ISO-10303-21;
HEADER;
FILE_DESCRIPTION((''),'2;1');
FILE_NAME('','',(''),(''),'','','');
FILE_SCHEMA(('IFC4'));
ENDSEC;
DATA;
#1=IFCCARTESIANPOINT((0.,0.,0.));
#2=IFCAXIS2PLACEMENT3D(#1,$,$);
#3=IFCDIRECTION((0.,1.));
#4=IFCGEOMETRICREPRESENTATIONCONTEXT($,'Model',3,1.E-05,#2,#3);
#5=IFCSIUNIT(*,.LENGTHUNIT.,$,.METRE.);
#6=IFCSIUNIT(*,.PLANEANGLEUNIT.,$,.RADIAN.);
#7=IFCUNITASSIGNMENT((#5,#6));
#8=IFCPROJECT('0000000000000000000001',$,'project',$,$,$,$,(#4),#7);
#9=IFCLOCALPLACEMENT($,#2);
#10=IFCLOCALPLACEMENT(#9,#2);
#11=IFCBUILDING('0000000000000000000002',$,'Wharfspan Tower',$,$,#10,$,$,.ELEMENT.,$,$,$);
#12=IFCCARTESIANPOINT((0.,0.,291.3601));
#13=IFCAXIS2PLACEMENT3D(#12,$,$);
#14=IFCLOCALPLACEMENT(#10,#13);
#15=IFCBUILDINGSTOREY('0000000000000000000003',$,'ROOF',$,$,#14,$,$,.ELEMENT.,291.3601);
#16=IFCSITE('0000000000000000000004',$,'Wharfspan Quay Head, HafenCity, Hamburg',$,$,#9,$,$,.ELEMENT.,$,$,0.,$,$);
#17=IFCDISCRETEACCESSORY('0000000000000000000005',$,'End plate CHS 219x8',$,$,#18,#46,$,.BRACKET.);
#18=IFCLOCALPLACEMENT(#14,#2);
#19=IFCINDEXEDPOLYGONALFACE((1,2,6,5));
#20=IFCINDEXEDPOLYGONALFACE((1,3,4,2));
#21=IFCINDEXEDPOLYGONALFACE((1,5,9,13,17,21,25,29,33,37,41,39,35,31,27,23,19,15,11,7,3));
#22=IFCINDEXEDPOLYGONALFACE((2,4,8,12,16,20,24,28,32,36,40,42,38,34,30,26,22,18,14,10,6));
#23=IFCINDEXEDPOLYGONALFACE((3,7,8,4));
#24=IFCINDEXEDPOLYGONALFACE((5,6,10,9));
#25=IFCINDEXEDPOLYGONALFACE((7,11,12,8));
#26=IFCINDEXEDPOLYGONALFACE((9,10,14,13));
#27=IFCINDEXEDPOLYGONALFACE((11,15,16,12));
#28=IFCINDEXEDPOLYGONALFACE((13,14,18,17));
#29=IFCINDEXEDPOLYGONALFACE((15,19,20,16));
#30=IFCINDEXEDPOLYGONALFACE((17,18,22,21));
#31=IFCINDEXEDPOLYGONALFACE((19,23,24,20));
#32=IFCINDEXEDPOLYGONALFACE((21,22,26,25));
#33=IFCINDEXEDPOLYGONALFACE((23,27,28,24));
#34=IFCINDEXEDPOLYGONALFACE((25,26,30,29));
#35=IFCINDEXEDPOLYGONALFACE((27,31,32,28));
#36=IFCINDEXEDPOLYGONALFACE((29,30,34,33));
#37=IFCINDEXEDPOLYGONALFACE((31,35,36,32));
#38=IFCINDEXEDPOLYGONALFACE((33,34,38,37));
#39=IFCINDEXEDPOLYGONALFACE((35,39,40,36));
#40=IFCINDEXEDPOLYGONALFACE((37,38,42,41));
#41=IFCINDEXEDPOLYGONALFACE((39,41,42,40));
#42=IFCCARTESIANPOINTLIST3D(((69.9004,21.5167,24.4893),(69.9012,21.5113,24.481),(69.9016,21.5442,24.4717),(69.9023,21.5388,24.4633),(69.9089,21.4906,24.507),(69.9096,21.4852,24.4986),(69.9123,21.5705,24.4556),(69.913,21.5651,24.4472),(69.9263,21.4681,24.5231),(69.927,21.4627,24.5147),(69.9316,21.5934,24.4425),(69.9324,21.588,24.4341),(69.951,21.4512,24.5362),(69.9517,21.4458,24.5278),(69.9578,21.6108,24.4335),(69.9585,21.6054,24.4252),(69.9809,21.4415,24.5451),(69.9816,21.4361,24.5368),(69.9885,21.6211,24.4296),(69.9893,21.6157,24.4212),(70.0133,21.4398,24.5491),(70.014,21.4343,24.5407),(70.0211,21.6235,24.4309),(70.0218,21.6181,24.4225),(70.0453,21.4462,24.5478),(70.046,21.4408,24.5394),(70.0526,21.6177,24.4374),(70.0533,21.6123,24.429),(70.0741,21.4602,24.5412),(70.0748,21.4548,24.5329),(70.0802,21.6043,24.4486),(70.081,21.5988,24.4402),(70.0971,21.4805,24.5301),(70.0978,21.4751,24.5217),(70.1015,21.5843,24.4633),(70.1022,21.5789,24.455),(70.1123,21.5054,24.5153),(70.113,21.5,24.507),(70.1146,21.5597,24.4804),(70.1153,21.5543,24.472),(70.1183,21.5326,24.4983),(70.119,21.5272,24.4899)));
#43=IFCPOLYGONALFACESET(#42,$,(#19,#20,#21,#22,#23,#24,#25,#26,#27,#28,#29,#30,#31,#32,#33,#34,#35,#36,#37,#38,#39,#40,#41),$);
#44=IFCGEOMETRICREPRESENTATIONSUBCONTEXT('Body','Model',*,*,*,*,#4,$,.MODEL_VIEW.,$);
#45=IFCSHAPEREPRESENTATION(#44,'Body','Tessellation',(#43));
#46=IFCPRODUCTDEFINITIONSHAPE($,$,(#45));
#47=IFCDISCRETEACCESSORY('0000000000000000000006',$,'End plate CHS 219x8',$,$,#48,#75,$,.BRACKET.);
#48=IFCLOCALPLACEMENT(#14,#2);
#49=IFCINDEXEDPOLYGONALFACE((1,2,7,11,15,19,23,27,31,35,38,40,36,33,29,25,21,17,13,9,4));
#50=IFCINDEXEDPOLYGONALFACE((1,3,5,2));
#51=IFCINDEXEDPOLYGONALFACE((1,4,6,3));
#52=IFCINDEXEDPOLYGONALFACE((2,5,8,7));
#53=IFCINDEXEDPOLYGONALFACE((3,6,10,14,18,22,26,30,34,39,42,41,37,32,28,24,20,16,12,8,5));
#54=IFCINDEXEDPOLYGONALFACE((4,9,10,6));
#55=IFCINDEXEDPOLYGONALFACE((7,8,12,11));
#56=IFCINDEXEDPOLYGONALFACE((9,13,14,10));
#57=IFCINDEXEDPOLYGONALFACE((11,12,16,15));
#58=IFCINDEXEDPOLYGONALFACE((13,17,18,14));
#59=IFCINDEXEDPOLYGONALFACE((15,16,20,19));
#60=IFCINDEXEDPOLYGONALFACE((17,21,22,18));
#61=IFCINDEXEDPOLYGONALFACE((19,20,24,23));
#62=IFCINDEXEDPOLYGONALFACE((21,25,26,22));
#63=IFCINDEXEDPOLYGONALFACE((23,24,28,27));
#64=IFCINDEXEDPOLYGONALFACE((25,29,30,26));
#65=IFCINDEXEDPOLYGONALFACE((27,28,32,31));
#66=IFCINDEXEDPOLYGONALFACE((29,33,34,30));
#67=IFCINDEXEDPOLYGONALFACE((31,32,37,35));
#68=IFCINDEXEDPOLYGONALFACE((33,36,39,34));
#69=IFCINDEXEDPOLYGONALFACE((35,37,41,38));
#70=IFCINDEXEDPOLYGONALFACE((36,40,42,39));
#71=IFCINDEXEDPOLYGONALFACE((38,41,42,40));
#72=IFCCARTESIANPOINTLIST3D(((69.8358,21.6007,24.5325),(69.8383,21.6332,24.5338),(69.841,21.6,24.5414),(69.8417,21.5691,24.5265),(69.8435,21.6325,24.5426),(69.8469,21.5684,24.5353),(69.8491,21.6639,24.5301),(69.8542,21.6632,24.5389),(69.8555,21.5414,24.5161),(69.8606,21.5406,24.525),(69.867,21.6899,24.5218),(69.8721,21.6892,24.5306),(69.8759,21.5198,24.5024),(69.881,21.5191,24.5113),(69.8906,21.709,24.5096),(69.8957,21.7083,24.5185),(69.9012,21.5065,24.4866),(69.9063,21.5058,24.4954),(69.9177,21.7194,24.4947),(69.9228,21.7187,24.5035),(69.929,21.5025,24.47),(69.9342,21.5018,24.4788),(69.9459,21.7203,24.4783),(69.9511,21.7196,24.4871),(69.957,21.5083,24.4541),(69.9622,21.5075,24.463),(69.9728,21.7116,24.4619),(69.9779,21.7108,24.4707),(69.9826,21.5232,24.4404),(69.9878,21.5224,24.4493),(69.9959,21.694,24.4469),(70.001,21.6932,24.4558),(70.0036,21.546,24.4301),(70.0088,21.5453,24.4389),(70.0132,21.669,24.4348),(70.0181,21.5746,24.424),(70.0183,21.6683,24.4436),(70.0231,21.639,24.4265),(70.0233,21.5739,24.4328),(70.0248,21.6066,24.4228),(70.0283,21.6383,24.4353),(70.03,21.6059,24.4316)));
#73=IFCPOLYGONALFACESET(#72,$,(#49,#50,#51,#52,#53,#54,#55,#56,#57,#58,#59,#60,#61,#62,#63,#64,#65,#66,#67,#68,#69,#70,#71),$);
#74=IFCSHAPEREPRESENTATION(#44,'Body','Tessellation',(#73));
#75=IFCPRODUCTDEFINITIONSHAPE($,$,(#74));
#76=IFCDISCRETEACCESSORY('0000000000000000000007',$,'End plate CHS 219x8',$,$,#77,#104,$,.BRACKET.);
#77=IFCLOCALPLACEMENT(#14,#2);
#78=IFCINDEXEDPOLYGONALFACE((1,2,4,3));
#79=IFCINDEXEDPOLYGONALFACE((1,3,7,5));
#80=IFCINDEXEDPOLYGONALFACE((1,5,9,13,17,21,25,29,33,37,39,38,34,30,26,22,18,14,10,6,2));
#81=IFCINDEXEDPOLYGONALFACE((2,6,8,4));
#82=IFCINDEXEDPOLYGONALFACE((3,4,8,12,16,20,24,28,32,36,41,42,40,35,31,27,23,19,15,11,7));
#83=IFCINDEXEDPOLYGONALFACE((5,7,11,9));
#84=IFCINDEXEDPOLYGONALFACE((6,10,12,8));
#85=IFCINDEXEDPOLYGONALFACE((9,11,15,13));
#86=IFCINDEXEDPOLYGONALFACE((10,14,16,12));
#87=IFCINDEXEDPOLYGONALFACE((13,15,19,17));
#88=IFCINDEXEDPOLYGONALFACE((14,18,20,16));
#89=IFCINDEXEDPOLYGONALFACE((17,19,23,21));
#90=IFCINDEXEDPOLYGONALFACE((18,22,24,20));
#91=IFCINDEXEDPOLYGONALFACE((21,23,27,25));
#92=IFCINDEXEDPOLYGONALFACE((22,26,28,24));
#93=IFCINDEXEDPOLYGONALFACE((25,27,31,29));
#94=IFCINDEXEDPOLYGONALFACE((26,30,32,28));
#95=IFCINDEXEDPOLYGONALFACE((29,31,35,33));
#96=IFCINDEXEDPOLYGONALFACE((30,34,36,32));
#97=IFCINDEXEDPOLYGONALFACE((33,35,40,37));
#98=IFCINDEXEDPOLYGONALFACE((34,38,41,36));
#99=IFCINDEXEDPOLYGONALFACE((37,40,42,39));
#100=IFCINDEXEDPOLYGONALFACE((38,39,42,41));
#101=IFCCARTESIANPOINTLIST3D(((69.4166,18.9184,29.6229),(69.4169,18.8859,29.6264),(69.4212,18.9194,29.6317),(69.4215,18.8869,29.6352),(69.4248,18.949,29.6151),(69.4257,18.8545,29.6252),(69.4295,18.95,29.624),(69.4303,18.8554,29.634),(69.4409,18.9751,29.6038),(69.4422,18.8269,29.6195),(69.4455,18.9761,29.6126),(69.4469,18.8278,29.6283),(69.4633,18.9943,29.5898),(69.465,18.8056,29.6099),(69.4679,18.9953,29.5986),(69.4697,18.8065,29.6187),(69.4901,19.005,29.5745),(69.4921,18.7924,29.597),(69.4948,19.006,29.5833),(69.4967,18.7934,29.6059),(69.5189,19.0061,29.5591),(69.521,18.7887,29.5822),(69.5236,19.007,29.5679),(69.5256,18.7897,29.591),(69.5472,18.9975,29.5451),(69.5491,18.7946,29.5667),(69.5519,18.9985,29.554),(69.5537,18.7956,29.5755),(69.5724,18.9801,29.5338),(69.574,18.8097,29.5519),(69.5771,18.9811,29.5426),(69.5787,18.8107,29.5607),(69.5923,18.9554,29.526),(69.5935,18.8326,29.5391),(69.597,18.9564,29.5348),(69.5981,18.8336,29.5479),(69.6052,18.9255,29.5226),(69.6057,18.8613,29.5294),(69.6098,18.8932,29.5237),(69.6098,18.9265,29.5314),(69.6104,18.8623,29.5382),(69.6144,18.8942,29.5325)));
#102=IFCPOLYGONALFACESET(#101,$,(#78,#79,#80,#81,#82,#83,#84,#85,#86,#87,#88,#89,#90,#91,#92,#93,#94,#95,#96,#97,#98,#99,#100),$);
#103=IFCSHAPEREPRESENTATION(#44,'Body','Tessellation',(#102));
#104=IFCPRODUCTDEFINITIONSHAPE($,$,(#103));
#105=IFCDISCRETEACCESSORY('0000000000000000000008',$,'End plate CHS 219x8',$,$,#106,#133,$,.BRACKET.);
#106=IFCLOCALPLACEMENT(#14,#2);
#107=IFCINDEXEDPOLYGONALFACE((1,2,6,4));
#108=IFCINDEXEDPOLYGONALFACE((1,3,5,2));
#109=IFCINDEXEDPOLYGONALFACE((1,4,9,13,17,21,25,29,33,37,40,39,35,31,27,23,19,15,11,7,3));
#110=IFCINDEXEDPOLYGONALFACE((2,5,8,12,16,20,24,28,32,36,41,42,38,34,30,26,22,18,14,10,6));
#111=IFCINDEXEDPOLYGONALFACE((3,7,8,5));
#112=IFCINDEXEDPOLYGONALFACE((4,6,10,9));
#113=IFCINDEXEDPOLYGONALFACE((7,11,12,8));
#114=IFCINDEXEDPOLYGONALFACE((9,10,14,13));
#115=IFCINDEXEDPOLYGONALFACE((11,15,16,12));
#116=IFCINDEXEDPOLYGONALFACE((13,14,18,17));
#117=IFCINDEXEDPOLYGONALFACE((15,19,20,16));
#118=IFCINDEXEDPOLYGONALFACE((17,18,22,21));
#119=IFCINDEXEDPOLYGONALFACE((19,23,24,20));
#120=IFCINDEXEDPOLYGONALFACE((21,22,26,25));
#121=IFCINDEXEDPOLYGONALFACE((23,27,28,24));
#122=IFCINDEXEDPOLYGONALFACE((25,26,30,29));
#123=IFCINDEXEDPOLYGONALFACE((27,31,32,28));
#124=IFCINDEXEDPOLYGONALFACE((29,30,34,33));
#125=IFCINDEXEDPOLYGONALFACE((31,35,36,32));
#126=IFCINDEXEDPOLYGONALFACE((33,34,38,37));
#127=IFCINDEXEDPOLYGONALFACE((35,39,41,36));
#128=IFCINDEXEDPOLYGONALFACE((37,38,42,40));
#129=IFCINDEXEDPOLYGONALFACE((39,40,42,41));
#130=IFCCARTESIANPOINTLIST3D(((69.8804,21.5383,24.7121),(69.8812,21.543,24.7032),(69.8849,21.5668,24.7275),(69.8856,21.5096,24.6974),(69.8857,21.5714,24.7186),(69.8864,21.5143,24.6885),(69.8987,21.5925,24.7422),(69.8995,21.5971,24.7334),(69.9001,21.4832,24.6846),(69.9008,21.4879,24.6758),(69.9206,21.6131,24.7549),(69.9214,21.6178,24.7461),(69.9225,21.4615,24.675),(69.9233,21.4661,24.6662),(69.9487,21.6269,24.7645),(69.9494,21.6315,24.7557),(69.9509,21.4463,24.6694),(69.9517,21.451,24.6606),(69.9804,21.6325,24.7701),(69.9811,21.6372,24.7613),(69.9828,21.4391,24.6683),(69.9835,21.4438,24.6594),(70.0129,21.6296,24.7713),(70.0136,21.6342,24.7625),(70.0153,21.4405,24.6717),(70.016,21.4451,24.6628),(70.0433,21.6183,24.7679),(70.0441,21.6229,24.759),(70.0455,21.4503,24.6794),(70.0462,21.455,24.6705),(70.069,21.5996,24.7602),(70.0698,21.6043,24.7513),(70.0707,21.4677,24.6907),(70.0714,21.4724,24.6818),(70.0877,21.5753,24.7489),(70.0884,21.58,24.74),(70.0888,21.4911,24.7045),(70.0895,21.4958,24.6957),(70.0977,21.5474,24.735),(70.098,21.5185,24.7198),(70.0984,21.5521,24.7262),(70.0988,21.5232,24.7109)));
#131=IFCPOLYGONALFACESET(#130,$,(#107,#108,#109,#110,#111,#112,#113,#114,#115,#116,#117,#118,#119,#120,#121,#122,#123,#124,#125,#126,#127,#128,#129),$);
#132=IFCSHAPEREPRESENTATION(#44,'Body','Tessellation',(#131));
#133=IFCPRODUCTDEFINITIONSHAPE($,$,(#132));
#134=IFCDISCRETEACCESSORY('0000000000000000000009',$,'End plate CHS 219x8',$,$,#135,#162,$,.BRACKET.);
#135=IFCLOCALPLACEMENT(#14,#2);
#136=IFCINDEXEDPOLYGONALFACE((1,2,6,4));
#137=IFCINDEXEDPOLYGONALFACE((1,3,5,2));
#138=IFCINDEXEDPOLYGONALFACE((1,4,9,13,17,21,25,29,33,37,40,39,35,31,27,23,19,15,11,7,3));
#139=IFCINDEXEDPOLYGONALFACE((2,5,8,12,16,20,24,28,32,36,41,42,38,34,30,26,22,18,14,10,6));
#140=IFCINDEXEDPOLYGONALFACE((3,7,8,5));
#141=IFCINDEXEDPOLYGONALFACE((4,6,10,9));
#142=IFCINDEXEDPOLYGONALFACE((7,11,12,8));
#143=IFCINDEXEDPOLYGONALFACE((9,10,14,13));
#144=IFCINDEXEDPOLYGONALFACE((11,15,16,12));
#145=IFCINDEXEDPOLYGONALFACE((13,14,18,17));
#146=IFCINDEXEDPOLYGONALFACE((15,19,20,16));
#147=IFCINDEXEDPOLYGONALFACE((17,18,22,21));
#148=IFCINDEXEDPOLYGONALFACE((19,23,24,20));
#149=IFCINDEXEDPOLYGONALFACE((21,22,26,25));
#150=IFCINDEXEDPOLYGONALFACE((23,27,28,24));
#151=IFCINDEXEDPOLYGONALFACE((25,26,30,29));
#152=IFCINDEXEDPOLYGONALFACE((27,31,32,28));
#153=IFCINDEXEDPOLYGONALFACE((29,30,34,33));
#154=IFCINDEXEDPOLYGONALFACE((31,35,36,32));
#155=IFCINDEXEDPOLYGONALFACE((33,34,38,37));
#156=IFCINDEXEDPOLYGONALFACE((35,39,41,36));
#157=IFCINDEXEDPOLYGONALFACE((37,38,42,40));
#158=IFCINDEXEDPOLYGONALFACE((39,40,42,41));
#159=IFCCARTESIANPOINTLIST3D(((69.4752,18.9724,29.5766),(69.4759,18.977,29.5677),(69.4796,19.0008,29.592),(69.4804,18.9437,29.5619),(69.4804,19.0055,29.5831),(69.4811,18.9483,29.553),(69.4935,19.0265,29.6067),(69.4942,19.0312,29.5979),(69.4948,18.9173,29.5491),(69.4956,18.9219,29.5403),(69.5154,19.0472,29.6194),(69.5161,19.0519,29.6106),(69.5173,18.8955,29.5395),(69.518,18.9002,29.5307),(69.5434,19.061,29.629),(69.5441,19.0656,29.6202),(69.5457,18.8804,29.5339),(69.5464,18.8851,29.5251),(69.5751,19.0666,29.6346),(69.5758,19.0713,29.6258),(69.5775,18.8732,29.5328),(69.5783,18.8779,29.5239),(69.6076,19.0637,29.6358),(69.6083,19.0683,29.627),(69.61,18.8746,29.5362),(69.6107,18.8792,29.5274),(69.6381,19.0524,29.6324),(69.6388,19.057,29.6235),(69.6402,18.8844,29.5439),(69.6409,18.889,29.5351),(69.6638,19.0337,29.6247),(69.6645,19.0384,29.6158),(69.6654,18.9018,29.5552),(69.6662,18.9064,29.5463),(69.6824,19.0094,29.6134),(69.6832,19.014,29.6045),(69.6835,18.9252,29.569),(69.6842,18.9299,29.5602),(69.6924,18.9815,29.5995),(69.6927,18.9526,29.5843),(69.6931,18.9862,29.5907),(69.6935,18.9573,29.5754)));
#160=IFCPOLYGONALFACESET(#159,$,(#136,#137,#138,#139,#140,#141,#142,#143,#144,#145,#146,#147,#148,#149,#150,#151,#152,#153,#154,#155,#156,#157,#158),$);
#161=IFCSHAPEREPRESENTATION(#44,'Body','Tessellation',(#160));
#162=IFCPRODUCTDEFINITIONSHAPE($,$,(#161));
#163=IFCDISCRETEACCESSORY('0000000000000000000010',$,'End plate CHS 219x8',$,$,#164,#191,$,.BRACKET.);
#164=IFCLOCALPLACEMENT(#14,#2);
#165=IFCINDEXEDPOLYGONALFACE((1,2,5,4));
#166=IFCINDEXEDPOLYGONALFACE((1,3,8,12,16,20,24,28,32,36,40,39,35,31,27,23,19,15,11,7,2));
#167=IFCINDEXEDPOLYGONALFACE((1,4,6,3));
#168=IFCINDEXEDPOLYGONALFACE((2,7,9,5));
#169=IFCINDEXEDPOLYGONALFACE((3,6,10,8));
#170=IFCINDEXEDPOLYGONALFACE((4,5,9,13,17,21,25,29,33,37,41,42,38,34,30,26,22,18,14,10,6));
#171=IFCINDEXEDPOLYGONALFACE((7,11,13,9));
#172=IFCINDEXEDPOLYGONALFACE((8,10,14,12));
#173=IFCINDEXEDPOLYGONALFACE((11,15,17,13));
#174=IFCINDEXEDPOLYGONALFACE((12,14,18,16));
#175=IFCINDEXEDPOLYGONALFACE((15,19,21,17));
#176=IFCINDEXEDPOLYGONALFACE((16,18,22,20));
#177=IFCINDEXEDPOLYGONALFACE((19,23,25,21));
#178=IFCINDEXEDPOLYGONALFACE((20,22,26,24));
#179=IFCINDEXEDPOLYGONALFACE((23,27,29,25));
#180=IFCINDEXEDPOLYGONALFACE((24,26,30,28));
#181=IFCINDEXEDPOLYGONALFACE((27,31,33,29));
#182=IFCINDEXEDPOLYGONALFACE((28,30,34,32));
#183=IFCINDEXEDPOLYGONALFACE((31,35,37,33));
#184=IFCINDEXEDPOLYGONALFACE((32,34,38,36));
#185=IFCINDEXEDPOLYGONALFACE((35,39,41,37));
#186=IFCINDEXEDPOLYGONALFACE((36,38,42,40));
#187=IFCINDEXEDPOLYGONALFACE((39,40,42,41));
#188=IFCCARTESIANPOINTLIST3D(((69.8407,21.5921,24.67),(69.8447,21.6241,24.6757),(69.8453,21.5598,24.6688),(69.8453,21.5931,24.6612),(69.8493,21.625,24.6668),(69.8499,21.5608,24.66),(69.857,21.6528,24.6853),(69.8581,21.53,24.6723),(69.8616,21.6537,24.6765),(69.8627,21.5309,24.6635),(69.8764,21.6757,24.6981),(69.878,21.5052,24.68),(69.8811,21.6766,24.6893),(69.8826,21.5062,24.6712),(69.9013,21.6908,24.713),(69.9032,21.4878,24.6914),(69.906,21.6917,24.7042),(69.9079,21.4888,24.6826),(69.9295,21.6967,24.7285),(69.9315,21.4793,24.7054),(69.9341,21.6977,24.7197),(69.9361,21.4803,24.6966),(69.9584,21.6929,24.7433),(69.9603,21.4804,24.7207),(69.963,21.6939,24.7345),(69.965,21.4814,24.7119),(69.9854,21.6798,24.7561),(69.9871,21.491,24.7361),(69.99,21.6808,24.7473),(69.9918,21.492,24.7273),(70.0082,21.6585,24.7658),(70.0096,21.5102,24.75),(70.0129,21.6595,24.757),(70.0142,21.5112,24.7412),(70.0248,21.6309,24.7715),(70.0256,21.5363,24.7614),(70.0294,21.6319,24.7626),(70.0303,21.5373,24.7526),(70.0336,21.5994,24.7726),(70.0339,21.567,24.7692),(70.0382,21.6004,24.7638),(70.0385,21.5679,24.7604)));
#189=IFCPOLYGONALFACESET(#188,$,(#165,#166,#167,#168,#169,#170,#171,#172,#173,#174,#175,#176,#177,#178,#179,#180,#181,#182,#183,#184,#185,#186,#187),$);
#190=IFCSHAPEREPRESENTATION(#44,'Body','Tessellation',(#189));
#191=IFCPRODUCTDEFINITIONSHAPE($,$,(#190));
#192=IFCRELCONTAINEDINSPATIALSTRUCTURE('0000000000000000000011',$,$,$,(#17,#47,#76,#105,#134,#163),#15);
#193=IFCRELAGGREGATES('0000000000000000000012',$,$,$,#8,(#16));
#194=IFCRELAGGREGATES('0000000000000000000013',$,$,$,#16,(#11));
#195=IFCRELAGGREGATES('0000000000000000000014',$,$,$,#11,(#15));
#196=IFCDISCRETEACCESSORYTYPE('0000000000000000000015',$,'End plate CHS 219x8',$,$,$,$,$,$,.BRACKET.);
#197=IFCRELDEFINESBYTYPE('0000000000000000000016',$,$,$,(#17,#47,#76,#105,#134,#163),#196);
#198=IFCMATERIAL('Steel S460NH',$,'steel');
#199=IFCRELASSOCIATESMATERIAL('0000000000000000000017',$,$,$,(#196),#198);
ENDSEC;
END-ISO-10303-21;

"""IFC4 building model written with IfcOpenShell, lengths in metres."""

from ifc_helpers import new_model, si_unit, direction, frame, origin, origin_2d, place, context, subcontext, project, spatial, circle, extrude, material, material_profile, profile_set, type_object, element, save


model = new_model("IFC4")

# Units and contexts
model_context = context("Model", 3, precision=1e-05, world=origin(), true_north=direction((0.0, 1.0)))
body_context = subcontext(model_context, "Body", "Model", "MODEL_VIEW")
ifc_project = project(units=[si_unit("LENGTHUNIT", "METRE"), si_unit("PLANEANGLEUNIT", "RADIAN")], contexts=[model_context])

# Site, building, storey
site_placement = place(None, origin())
site = spatial("IfcSite", under=ifc_project, at=site_placement, Name="Wharfspan Quay Head, HafenCity, Hamburg", CompositionType="ELEMENT", RefElevation=0.0)
building_placement = place(site_placement, origin())
building = spatial("IfcBuilding", under=site, at=building_placement, Name="Wharfspan Tower", CompositionType="ELEMENT")
storey_placement = place(building_placement, frame((0.0, 0.0, 291.3601)))
storey = spatial("IfcBuildingStorey", under=building, at=storey_placement, Name="ROOF", CompositionType="ELEMENT", Elevation=291.3601)

# Shared definitions
ifc_material = material(Name="Steel S460NH", Category="steel")

# Discrete accessories
ifc_material_profile_1 = material_profile(ifc_material, circle(Radius=0.1096, at=origin_2d()))
ifc_profile_set_1 = profile_set([ifc_material_profile_1], Name="Steel S460NH")
discrete_accessory_type_1 = type_object("IfcDiscreteAccessoryType", Name="End plate CHS 219x8", PredefinedType="BRACKET", material=ifc_profile_set_1)
for number, where, z_axis, x_axis, name in (
    (1, (70.0098, 21.5261, 24.481), (-0.073877, 0.541767, 0.837276), (-0.990833, -0.135113, 0.0), "End plate CHS 219x8"),
):
    element("IfcDiscreteAccessory", number, at=place(storey_placement, frame(where, z_axis=z_axis, x_axis=x_axis)), inside=storey, type_object=discrete_accessory_type_1, Name=name, PredefinedType="BRACKET", context=body_context, shape_type="SweptSolid", body=[
        extrude(circle(Radius=0.1096, at=origin_2d()), origin(), (0.0, 0.0, 1.0), 0.01),
    ])
discrete_accessory_placement = place(storey_placement, frame((69.9304, 21.6118, 24.4783), z_axis=(0.502571, -0.071796, 0.86155), x_axis=(0.141422, 0.989952, 0.0)))
element("IfcDiscreteAccessory", 2, at=discrete_accessory_placement, inside=storey, type_object=discrete_accessory_type_1, Name="End plate CHS 219x8", PredefinedType="BRACKET", context=body_context, shape_type="SweptSolid", body=[
    extrude(circle(Radius=0.1096, at=origin_2d()), origin(), (0.0, 0.0, 1.0), 0.0103),
])
for number, where, z_axis, x_axis, name in (
    (3, (69.5127, 18.8977, 29.5745), (0.464521, 0.097794, 0.880146), (-0.206008, 0.978546, -0.000001), "End plate CHS 219x8"),
    (4, (69.9905, 21.5403, 24.7109), (-0.073499, -0.465496, 0.881993), (0.987765, -0.155964, -0.000001), "End plate CHS 219x8"),
    (5, (69.5852, 18.9744, 29.5754), (-0.073499, -0.465496, 0.881993), (0.987765, -0.155964, -0.000001), "End plate CHS 219x8"),
    (6, (69.9424, 21.5886, 24.7119), (-0.464521, -0.097794, 0.880146), (0.206008, -0.978546, -0.000001), "End plate CHS 219x8"),
):
    element("IfcDiscreteAccessory", number, at=place(storey_placement, frame(where, z_axis=z_axis, x_axis=x_axis)), inside=storey, type_object=discrete_accessory_type_1, Name=name, PredefinedType="BRACKET", context=body_context, shape_type="SweptSolid", body=[
        extrude(circle(Radius=0.1096, at=origin_2d()), origin(), (0.0, 0.0, 1.0), 0.01),
    ])

save(model, "model.ifc")
